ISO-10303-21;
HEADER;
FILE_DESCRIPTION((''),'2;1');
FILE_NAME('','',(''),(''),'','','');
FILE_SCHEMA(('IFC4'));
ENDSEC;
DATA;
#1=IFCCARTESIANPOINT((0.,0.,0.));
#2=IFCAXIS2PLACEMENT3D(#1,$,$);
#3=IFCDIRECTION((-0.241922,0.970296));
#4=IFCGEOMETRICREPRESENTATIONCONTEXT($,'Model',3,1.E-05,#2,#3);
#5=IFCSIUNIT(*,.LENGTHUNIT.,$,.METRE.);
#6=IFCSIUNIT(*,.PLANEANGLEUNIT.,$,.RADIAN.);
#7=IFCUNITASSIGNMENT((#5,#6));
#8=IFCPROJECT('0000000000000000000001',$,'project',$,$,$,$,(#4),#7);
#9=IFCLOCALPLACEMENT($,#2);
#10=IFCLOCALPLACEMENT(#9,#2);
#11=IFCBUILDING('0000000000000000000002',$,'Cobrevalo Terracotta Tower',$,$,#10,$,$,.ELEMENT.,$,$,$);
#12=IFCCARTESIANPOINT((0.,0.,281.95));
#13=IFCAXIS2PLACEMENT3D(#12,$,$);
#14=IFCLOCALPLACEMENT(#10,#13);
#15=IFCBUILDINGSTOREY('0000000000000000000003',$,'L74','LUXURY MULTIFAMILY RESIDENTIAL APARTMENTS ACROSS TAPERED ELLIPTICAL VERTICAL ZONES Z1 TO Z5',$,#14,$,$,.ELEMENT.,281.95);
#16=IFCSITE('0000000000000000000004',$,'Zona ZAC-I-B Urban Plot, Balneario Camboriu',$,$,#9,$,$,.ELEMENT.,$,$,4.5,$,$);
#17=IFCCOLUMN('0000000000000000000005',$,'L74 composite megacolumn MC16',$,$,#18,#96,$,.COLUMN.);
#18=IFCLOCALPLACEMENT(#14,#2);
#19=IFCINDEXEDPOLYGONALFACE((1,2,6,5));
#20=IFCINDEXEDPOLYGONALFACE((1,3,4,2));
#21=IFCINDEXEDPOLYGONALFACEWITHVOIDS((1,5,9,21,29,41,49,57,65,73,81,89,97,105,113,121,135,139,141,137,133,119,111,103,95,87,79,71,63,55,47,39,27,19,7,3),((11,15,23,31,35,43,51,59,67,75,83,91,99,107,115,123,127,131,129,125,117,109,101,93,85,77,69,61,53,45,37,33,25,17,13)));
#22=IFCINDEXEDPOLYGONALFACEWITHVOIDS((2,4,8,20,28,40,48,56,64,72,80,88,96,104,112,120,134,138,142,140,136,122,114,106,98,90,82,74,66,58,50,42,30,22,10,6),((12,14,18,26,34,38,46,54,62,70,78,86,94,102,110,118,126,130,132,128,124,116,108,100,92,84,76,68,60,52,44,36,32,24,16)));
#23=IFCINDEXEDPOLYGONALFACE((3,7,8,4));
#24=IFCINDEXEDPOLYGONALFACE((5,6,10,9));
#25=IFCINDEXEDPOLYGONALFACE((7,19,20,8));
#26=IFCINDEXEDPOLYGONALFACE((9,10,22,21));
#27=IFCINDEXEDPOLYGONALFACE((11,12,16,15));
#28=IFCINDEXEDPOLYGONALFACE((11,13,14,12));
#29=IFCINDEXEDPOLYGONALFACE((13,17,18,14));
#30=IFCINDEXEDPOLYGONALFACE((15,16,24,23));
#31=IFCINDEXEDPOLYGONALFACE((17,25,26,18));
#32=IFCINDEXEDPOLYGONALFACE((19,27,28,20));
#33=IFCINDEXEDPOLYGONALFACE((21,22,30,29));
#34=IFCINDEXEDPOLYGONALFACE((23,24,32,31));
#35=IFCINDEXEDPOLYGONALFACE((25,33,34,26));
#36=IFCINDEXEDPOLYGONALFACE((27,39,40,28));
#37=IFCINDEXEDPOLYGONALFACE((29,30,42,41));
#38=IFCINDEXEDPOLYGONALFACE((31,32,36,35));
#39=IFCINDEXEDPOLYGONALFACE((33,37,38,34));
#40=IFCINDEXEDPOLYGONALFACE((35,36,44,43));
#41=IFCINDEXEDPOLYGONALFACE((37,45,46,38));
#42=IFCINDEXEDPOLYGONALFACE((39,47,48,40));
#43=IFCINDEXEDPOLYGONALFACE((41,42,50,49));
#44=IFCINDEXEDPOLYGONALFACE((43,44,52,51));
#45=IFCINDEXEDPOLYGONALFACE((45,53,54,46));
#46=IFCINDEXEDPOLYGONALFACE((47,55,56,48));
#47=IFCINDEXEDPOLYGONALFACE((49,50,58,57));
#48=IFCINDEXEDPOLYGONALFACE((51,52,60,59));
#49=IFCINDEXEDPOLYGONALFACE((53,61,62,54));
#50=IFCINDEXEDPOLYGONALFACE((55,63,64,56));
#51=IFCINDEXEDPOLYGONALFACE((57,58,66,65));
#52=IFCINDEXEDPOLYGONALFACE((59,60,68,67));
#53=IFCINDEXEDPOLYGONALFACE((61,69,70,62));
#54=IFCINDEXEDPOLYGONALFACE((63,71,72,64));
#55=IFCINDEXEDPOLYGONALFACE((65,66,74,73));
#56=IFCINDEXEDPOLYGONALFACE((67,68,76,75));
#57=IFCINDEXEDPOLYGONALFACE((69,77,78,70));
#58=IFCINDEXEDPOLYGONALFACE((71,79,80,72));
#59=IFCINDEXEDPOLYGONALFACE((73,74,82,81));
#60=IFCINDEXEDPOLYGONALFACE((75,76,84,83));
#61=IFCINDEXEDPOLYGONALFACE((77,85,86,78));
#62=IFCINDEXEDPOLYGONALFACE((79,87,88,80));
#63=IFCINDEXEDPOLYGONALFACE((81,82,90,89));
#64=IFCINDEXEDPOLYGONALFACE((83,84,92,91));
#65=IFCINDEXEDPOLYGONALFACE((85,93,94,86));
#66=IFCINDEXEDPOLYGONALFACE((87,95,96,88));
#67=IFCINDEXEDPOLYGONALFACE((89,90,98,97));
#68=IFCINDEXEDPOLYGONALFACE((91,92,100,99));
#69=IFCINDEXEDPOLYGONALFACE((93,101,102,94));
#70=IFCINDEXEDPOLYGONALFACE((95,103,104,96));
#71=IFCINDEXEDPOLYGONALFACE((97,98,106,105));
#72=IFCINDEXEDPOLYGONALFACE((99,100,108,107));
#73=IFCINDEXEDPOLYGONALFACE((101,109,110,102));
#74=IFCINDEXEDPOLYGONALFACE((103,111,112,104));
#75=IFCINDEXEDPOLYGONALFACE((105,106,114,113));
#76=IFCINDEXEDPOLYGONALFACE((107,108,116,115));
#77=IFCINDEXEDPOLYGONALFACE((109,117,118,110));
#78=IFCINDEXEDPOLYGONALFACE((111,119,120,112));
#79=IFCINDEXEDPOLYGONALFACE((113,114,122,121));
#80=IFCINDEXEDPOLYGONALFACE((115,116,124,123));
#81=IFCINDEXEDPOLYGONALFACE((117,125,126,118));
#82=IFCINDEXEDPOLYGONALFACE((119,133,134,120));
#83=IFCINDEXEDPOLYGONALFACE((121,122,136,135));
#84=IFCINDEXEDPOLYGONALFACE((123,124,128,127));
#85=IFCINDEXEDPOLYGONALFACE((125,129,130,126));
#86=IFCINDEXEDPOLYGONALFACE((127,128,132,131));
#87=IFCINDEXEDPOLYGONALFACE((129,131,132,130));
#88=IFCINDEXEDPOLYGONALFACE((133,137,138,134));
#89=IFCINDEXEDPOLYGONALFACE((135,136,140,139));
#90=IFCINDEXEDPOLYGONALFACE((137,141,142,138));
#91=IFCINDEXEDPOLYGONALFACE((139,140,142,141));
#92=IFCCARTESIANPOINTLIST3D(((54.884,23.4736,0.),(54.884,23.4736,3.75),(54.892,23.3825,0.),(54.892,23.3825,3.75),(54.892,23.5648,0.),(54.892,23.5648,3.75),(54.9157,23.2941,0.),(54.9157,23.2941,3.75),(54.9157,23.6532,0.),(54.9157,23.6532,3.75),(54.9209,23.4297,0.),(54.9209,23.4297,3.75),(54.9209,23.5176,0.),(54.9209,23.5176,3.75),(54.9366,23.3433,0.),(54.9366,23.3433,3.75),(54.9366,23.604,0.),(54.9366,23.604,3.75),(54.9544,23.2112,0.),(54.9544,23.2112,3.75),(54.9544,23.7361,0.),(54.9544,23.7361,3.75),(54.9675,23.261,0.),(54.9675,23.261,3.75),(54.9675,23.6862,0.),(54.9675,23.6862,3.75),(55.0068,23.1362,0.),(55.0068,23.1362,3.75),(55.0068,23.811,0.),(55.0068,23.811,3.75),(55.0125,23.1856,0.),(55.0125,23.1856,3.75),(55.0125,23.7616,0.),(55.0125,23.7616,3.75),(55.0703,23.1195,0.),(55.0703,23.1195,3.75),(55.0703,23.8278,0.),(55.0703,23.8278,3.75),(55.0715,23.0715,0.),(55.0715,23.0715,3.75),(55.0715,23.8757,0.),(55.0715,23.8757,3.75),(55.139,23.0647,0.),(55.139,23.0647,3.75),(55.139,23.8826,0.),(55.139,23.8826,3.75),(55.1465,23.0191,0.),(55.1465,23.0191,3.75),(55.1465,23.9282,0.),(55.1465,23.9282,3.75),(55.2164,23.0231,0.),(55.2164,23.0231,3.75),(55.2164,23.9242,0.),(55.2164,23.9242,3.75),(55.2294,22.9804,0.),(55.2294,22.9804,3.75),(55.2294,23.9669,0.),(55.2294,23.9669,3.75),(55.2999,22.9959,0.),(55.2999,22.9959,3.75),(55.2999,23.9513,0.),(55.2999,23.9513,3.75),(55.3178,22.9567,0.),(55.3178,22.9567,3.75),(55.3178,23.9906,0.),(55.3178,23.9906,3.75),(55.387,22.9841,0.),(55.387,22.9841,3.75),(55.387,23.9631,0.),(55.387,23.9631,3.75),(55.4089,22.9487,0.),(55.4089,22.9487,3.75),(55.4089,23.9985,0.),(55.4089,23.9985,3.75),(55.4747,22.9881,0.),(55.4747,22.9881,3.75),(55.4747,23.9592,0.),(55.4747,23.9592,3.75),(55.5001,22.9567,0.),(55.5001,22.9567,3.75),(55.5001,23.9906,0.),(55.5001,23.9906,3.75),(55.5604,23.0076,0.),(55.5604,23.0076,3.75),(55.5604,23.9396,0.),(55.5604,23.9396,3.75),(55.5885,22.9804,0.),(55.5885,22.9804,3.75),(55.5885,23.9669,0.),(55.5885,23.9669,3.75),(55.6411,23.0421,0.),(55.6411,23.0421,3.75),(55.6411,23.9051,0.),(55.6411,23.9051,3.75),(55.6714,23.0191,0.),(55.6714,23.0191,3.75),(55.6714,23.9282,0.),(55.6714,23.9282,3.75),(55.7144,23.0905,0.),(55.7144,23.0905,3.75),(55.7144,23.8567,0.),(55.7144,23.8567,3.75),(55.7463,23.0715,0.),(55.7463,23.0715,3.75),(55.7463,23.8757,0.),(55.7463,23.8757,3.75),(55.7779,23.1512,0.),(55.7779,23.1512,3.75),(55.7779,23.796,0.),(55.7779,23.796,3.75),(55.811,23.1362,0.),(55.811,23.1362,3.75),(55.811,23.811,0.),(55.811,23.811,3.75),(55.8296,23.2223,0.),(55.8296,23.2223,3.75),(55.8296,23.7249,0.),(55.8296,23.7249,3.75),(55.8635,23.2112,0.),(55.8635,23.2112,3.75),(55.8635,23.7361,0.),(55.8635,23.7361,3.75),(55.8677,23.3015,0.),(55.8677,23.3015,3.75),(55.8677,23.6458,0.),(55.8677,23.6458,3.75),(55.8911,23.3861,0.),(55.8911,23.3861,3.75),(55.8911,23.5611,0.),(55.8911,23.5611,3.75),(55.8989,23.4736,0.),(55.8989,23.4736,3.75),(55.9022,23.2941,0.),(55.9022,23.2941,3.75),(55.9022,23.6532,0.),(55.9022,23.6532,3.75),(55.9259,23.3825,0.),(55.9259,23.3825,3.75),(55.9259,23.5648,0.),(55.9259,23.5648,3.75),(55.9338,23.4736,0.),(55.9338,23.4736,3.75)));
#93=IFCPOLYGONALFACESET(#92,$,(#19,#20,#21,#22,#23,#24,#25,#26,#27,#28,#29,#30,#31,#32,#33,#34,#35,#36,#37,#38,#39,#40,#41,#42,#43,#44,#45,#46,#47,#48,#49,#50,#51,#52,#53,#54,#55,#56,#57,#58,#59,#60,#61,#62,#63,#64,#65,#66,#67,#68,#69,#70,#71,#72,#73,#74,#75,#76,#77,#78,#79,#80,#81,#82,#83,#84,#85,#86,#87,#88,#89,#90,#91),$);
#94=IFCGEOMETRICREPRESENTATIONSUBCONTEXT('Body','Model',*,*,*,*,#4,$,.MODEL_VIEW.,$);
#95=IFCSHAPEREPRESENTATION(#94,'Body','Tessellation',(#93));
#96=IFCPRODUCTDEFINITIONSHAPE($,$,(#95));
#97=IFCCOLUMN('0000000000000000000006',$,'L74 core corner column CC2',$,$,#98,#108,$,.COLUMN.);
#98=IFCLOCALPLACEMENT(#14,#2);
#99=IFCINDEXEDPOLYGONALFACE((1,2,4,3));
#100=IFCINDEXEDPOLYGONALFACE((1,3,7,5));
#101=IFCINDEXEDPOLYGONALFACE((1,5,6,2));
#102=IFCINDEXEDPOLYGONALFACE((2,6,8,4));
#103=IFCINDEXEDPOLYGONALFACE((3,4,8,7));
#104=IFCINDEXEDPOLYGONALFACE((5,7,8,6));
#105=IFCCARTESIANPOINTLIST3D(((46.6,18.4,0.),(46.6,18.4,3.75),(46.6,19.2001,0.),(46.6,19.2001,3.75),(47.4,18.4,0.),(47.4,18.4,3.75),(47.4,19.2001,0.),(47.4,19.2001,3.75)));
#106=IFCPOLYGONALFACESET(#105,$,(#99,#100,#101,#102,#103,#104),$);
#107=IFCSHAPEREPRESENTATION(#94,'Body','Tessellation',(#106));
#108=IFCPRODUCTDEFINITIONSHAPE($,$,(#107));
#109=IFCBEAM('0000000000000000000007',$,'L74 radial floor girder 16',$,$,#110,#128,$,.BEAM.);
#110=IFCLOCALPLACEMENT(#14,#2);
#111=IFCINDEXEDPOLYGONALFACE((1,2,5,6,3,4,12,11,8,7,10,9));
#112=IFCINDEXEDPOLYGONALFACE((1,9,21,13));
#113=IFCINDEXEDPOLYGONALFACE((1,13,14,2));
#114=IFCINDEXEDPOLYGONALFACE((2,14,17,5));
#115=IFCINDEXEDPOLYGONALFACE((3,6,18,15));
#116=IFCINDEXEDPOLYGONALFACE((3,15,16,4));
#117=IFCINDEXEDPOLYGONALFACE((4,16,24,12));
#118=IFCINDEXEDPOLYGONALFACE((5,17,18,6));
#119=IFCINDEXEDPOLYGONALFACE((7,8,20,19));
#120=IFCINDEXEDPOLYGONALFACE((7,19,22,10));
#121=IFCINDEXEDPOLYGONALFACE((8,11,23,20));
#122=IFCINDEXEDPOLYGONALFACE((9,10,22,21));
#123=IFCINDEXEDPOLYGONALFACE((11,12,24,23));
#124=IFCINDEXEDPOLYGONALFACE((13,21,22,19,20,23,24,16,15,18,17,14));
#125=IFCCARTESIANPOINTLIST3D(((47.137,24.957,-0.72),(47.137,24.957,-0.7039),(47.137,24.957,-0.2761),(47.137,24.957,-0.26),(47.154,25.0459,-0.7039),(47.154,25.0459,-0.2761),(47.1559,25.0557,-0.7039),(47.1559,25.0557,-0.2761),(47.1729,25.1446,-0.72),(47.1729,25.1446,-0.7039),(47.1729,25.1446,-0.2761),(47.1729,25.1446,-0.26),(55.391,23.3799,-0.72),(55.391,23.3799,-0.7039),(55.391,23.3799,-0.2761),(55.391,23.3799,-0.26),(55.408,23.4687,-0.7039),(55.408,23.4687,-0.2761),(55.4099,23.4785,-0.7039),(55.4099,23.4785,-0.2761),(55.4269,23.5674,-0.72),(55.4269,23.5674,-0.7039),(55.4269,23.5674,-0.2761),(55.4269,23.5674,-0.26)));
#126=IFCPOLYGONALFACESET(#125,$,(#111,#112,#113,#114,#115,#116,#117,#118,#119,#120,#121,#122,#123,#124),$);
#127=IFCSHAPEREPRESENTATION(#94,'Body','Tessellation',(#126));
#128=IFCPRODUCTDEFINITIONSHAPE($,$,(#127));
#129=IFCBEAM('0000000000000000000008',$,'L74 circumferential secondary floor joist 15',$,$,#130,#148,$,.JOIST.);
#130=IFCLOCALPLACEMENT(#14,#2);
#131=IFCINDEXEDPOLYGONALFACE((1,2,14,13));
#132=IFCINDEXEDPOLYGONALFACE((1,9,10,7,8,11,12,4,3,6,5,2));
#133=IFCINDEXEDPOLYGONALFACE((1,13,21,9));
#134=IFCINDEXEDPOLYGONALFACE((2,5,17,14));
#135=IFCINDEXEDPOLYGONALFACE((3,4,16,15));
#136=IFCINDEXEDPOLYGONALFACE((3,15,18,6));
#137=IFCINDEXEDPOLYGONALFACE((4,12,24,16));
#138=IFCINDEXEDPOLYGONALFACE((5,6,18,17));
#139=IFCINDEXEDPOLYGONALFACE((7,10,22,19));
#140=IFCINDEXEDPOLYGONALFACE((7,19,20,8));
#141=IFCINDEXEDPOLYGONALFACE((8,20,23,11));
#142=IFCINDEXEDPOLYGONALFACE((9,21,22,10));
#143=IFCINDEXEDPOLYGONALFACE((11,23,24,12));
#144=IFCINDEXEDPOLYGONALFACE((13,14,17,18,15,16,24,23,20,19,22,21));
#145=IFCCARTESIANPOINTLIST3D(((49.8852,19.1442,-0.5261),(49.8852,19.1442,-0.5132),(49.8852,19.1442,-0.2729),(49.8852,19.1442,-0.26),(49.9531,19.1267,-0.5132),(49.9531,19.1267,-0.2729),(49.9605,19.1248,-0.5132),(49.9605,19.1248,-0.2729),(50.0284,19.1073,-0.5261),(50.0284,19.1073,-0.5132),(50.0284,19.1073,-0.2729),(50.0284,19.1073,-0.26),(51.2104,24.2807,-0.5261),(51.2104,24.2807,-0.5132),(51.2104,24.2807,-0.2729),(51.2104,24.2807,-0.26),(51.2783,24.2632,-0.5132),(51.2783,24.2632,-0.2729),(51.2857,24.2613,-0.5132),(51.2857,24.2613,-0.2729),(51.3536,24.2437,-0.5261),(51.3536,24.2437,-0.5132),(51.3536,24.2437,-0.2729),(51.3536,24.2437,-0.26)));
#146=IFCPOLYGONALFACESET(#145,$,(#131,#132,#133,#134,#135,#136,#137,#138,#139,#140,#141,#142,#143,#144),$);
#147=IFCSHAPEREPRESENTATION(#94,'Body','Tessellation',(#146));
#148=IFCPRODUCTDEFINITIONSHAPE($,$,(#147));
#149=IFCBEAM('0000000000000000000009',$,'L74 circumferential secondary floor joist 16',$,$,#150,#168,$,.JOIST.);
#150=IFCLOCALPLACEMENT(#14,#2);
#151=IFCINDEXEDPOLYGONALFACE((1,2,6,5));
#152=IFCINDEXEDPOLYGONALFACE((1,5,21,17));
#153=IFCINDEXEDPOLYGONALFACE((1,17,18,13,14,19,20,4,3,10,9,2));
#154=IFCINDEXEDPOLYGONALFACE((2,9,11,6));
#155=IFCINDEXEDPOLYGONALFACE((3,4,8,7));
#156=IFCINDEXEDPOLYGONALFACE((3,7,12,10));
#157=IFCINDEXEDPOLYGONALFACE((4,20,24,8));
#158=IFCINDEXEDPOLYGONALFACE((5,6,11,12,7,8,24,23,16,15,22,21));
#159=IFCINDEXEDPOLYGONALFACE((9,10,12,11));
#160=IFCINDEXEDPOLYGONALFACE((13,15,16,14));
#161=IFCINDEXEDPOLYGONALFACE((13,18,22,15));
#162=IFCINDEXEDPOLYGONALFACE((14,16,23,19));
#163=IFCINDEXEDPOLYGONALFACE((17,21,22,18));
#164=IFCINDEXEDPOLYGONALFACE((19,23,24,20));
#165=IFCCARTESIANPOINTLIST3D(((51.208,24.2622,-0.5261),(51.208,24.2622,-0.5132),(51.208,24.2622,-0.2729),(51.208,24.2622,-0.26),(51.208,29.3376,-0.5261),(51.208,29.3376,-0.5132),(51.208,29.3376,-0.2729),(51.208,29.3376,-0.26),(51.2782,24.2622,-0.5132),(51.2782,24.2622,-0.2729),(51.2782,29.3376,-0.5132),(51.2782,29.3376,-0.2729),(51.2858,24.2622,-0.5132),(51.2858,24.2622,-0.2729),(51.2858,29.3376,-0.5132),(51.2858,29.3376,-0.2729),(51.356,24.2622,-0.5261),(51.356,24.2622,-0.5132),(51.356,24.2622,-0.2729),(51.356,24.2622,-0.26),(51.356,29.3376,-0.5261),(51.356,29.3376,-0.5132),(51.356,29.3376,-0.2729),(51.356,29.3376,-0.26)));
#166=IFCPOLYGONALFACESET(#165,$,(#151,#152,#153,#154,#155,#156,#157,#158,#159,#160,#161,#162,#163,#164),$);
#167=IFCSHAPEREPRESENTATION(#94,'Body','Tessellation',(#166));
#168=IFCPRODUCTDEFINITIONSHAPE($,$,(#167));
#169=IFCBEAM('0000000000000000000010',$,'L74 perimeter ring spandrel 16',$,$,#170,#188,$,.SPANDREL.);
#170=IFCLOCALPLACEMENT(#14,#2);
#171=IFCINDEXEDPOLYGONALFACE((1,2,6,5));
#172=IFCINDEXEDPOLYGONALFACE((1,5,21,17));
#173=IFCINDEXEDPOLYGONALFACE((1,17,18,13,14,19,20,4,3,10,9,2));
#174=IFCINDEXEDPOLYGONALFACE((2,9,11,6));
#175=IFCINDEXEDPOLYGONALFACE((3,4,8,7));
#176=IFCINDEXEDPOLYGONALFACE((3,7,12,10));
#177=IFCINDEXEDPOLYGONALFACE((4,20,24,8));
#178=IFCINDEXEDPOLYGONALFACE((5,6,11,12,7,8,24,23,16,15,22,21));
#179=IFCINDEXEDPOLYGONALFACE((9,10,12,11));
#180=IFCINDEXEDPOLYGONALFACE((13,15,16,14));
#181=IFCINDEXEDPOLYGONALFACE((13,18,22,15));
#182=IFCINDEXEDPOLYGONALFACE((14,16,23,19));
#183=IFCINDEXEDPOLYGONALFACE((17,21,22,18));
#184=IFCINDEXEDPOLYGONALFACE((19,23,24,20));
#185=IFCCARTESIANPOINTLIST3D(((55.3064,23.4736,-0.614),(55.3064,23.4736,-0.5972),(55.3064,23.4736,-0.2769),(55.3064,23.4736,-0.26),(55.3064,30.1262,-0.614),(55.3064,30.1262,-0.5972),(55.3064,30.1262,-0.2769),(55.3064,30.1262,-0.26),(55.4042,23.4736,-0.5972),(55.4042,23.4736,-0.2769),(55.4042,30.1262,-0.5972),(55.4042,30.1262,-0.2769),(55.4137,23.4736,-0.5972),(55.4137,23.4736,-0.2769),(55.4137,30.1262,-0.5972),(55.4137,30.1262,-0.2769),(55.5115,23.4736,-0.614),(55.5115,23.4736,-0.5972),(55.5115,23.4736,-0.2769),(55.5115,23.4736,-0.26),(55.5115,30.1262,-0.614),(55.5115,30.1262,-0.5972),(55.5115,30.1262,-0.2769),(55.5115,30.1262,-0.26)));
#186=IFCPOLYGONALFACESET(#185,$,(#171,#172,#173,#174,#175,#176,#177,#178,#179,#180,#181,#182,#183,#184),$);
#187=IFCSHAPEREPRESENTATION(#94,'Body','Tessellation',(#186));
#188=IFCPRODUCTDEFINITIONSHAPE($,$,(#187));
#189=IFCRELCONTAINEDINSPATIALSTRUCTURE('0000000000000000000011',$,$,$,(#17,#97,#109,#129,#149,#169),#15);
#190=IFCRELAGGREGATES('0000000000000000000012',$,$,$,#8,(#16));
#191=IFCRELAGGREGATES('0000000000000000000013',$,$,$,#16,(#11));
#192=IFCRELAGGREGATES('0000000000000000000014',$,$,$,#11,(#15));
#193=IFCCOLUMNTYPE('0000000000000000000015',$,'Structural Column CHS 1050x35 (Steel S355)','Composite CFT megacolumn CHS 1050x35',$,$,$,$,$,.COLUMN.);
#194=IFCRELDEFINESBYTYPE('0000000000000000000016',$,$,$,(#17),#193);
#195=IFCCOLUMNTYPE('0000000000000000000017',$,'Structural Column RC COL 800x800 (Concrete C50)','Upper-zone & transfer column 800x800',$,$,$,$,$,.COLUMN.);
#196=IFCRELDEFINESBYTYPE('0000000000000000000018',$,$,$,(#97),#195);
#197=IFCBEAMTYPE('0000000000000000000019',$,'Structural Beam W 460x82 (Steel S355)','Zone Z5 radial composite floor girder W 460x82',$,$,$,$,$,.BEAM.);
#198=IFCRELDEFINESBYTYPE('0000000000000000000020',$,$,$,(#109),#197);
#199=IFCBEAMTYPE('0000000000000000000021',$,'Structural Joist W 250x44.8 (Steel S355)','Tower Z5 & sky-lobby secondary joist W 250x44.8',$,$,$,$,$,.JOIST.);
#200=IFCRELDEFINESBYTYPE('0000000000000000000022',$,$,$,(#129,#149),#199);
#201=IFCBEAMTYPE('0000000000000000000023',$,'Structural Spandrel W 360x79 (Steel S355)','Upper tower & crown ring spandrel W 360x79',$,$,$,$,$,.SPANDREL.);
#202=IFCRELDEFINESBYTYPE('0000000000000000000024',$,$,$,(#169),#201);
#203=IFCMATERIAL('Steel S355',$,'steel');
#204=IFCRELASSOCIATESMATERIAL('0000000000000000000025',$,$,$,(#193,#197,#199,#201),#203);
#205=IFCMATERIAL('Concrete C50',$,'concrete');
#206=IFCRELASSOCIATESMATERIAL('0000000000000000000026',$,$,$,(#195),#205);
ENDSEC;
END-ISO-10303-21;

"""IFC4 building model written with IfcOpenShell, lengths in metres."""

from ifc_helpers import new_model, si_unit, direction, frame, origin, origin_2d, place, context, subcontext, project, spatial, rectangle, hollow_circle, i_section, extrude, material, material_profile, profile_set, type_object, element, save


model = new_model("IFC4")

# Units and contexts
model_context = context("Model", 3, precision=1e-05, world=origin(), true_north=direction((-0.241922, 0.970296)))
body_context = subcontext(model_context, "Body", "Model", "MODEL_VIEW")
ifc_project = project(units=[si_unit("LENGTHUNIT", "METRE"), si_unit("PLANEANGLEUNIT", "RADIAN")], contexts=[model_context])

# Site, building, storey
site_placement = place(None, origin())
site = spatial("IfcSite", under=ifc_project, at=site_placement, Name="Zona ZAC-I-B Urban Plot, Balneario Camboriu", CompositionType="ELEMENT", RefElevation=4.5)
building_placement = place(site_placement, origin())
building = spatial("IfcBuilding", under=site, at=building_placement, Name="Cobrevalo Terracotta Tower", CompositionType="ELEMENT")
storey_placement = place(building_placement, frame((0.0, 0.0, 281.95)))
storey = spatial("IfcBuildingStorey", under=building, at=storey_placement, Name="L74", Description="LUXURY MULTIFAMILY RESIDENTIAL APARTMENTS ACROSS TAPERED ELLIPTICAL VERTICAL ZONES Z1 TO Z5", CompositionType="ELEMENT", Elevation=281.95)

# Columns
ifc_material_1 = material(Name="Steel S355", Category="steel")
ifc_material_profile_1 = material_profile(ifc_material_1, hollow_circle(Radius=0.5249, WallThickness=0.0349, at=origin_2d()), Name="CHS 1050x35")
ifc_profile_set_1 = profile_set([ifc_material_profile_1], Name="Steel S355")
column_type_1 = type_object("IfcColumnType", Name="Structural Column CHS 1050x35 (Steel S355)", Description="Composite CFT megacolumn CHS 1050x35", PredefinedType="COLUMN", material=ifc_profile_set_1)
column_1_placement = place(storey_placement, frame((55.4089, 23.4736, 0.0), z_axis=(0.0, 0.0, 1.0), x_axis=(1.0, 0.0, 0.0)))
element("IfcColumn", 1, at=column_1_placement, inside=storey, type_object=column_type_1, Name="L74 composite megacolumn MC16", PredefinedType="COLUMN", context=body_context, shape_type="SweptSolid", body=[
    extrude(hollow_circle(Radius=0.5249, WallThickness=0.0349, at=origin_2d()), origin(), (0.0, 0.0, 1.0), 3.75),
])
ifc_material_2 = material(Name="Concrete C50", Category="concrete")
ifc_material_profile_2 = material_profile(ifc_material_2, rectangle(XDim=0.8, YDim=0.8, at=origin_2d()), Name="RC COL 800x800")
ifc_profile_set_2 = profile_set([ifc_material_profile_2], Name="Concrete C50")
column_type_2 = type_object("IfcColumnType", Name="Structural Column RC COL 800x800 (Concrete C50)", Description="Upper-zone & transfer column 800x800", PredefinedType="COLUMN", material=ifc_profile_set_2)
column_2_placement = place(storey_placement, frame((47.0, 18.8, 0.0), z_axis=(0.0, 0.0, 1.0), x_axis=(1.0, 0.0, 0.0)))
element("IfcColumn", 2, at=column_2_placement, inside=storey, type_object=column_type_2, Name="L74 core corner column CC2", PredefinedType="COLUMN", context=body_context, shape_type="SweptSolid", body=[
    extrude(rectangle(XDim=0.8, YDim=0.8, at=origin_2d()), origin(), (0.0, 0.0, 1.0), 3.75),
])

# Beams
ifc_material_profile_3 = material_profile(ifc_material_1, i_section(OverallWidth=0.1909, OverallDepth=0.46, WebThickness=0.01, FlangeThickness=0.0161, at=origin_2d()), Name="W 460x82")
ifc_profile_set_3 = profile_set([ifc_material_profile_3], Name="Steel S355")
beam_type_1 = type_object("IfcBeamType", Name="Structural Beam W 460x82 (Steel S355)", Description="Zone Z5 radial composite floor girder W 460x82", PredefinedType="BEAM", material=ifc_profile_set_3)
beam_1_placement = place(storey_placement, frame((55.4089, 23.4736, -0.49), z_axis=(-0.98223, 0.187683, 0.0), x_axis=(-0.187683, -0.98223, 0.0)))
element("IfcBeam", 3, at=beam_1_placement, inside=storey, type_object=beam_type_1, Name="L74 radial floor girder 16", PredefinedType="BEAM", context=body_context, shape_type="SweptSolid", body=[
    extrude(i_section(OverallWidth=0.1909, OverallDepth=0.46, WebThickness=0.01, FlangeThickness=0.0161, at=origin_2d()), origin(), (0.0, 0.0, 1.0), 8.4033),
])
ifc_material_profile_4 = material_profile(ifc_material_1, i_section(OverallWidth=0.1479, OverallDepth=0.2661, WebThickness=0.0076, FlangeThickness=0.0129, at=origin_2d()), Name="W 250x44.8")
ifc_profile_set_4 = profile_set([ifc_material_profile_4], Name="Steel S355")
beam_type_2 = type_object("IfcBeamType", Name="Structural Joist W 250x44.8 (Steel S355)", Description="Tower Z5 & sky-lobby secondary joist W 250x44.8", PredefinedType="JOIST", material=ifc_profile_set_4)
beam_2_placement = place(storey_placement, frame((49.9568, 19.1257, -0.3931), z_axis=(0.249817, 0.968293, 0.0), x_axis=(-0.968293, 0.249817, 0.0)))
element("IfcBeam", 4, at=beam_2_placement, inside=storey, type_object=beam_type_2, Name="L74 circumferential secondary floor joist 15", PredefinedType="JOIST", context=body_context, shape_type="SweptSolid", body=[
    extrude(i_section(OverallWidth=0.1479, OverallDepth=0.2661, WebThickness=0.0076, FlangeThickness=0.0129, at=origin_2d()), origin(), (0.0, 0.0, 1.0), 5.3047),
])
beam_3_placement = place(storey_placement, frame((51.282, 24.2622, -0.3931), z_axis=(0.0, 1.0, 0.0), x_axis=(-1.0, 0.0, 0.0)))
element("IfcBeam", 5, at=beam_3_placement, inside=storey, type_object=beam_type_2, Name="L74 circumferential secondary floor joist 16", PredefinedType="JOIST", context=body_context, shape_type="SweptSolid", body=[
    extrude(i_section(OverallWidth=0.1479, OverallDepth=0.2661, WebThickness=0.0076, FlangeThickness=0.0129, at=origin_2d()), origin(), (0.0, 0.0, 1.0), 5.0754),
])
ifc_material_profile_5 = material_profile(ifc_material_1, i_section(OverallWidth=0.2051, OverallDepth=0.354, WebThickness=0.0095, FlangeThickness=0.0168, at=origin_2d()), Name="W 360x79")
ifc_profile_set_5 = profile_set([ifc_material_profile_5], Name="Steel S355")
beam_type_3 = type_object("IfcBeamType", Name="Structural Spandrel W 360x79 (Steel S355)", Description="Upper tower & crown ring spandrel W 360x79", PredefinedType="SPANDREL", material=ifc_profile_set_5)
beam_4_placement = place(storey_placement, frame((55.4089, 23.4736, -0.437), z_axis=(0.0, 1.0, 0.0), x_axis=(-1.0, 0.0, 0.0)))
element("IfcBeam", 6, at=beam_4_placement, inside=storey, type_object=beam_type_3, Name="L74 perimeter ring spandrel 16", PredefinedType="SPANDREL", context=body_context, shape_type="SweptSolid", body=[
    extrude(i_section(OverallWidth=0.2051, OverallDepth=0.354, WebThickness=0.0095, FlangeThickness=0.0168, at=origin_2d()), origin(), (0.0, 0.0, 1.0), 6.6526),
])

save(model, "model.ifc")
